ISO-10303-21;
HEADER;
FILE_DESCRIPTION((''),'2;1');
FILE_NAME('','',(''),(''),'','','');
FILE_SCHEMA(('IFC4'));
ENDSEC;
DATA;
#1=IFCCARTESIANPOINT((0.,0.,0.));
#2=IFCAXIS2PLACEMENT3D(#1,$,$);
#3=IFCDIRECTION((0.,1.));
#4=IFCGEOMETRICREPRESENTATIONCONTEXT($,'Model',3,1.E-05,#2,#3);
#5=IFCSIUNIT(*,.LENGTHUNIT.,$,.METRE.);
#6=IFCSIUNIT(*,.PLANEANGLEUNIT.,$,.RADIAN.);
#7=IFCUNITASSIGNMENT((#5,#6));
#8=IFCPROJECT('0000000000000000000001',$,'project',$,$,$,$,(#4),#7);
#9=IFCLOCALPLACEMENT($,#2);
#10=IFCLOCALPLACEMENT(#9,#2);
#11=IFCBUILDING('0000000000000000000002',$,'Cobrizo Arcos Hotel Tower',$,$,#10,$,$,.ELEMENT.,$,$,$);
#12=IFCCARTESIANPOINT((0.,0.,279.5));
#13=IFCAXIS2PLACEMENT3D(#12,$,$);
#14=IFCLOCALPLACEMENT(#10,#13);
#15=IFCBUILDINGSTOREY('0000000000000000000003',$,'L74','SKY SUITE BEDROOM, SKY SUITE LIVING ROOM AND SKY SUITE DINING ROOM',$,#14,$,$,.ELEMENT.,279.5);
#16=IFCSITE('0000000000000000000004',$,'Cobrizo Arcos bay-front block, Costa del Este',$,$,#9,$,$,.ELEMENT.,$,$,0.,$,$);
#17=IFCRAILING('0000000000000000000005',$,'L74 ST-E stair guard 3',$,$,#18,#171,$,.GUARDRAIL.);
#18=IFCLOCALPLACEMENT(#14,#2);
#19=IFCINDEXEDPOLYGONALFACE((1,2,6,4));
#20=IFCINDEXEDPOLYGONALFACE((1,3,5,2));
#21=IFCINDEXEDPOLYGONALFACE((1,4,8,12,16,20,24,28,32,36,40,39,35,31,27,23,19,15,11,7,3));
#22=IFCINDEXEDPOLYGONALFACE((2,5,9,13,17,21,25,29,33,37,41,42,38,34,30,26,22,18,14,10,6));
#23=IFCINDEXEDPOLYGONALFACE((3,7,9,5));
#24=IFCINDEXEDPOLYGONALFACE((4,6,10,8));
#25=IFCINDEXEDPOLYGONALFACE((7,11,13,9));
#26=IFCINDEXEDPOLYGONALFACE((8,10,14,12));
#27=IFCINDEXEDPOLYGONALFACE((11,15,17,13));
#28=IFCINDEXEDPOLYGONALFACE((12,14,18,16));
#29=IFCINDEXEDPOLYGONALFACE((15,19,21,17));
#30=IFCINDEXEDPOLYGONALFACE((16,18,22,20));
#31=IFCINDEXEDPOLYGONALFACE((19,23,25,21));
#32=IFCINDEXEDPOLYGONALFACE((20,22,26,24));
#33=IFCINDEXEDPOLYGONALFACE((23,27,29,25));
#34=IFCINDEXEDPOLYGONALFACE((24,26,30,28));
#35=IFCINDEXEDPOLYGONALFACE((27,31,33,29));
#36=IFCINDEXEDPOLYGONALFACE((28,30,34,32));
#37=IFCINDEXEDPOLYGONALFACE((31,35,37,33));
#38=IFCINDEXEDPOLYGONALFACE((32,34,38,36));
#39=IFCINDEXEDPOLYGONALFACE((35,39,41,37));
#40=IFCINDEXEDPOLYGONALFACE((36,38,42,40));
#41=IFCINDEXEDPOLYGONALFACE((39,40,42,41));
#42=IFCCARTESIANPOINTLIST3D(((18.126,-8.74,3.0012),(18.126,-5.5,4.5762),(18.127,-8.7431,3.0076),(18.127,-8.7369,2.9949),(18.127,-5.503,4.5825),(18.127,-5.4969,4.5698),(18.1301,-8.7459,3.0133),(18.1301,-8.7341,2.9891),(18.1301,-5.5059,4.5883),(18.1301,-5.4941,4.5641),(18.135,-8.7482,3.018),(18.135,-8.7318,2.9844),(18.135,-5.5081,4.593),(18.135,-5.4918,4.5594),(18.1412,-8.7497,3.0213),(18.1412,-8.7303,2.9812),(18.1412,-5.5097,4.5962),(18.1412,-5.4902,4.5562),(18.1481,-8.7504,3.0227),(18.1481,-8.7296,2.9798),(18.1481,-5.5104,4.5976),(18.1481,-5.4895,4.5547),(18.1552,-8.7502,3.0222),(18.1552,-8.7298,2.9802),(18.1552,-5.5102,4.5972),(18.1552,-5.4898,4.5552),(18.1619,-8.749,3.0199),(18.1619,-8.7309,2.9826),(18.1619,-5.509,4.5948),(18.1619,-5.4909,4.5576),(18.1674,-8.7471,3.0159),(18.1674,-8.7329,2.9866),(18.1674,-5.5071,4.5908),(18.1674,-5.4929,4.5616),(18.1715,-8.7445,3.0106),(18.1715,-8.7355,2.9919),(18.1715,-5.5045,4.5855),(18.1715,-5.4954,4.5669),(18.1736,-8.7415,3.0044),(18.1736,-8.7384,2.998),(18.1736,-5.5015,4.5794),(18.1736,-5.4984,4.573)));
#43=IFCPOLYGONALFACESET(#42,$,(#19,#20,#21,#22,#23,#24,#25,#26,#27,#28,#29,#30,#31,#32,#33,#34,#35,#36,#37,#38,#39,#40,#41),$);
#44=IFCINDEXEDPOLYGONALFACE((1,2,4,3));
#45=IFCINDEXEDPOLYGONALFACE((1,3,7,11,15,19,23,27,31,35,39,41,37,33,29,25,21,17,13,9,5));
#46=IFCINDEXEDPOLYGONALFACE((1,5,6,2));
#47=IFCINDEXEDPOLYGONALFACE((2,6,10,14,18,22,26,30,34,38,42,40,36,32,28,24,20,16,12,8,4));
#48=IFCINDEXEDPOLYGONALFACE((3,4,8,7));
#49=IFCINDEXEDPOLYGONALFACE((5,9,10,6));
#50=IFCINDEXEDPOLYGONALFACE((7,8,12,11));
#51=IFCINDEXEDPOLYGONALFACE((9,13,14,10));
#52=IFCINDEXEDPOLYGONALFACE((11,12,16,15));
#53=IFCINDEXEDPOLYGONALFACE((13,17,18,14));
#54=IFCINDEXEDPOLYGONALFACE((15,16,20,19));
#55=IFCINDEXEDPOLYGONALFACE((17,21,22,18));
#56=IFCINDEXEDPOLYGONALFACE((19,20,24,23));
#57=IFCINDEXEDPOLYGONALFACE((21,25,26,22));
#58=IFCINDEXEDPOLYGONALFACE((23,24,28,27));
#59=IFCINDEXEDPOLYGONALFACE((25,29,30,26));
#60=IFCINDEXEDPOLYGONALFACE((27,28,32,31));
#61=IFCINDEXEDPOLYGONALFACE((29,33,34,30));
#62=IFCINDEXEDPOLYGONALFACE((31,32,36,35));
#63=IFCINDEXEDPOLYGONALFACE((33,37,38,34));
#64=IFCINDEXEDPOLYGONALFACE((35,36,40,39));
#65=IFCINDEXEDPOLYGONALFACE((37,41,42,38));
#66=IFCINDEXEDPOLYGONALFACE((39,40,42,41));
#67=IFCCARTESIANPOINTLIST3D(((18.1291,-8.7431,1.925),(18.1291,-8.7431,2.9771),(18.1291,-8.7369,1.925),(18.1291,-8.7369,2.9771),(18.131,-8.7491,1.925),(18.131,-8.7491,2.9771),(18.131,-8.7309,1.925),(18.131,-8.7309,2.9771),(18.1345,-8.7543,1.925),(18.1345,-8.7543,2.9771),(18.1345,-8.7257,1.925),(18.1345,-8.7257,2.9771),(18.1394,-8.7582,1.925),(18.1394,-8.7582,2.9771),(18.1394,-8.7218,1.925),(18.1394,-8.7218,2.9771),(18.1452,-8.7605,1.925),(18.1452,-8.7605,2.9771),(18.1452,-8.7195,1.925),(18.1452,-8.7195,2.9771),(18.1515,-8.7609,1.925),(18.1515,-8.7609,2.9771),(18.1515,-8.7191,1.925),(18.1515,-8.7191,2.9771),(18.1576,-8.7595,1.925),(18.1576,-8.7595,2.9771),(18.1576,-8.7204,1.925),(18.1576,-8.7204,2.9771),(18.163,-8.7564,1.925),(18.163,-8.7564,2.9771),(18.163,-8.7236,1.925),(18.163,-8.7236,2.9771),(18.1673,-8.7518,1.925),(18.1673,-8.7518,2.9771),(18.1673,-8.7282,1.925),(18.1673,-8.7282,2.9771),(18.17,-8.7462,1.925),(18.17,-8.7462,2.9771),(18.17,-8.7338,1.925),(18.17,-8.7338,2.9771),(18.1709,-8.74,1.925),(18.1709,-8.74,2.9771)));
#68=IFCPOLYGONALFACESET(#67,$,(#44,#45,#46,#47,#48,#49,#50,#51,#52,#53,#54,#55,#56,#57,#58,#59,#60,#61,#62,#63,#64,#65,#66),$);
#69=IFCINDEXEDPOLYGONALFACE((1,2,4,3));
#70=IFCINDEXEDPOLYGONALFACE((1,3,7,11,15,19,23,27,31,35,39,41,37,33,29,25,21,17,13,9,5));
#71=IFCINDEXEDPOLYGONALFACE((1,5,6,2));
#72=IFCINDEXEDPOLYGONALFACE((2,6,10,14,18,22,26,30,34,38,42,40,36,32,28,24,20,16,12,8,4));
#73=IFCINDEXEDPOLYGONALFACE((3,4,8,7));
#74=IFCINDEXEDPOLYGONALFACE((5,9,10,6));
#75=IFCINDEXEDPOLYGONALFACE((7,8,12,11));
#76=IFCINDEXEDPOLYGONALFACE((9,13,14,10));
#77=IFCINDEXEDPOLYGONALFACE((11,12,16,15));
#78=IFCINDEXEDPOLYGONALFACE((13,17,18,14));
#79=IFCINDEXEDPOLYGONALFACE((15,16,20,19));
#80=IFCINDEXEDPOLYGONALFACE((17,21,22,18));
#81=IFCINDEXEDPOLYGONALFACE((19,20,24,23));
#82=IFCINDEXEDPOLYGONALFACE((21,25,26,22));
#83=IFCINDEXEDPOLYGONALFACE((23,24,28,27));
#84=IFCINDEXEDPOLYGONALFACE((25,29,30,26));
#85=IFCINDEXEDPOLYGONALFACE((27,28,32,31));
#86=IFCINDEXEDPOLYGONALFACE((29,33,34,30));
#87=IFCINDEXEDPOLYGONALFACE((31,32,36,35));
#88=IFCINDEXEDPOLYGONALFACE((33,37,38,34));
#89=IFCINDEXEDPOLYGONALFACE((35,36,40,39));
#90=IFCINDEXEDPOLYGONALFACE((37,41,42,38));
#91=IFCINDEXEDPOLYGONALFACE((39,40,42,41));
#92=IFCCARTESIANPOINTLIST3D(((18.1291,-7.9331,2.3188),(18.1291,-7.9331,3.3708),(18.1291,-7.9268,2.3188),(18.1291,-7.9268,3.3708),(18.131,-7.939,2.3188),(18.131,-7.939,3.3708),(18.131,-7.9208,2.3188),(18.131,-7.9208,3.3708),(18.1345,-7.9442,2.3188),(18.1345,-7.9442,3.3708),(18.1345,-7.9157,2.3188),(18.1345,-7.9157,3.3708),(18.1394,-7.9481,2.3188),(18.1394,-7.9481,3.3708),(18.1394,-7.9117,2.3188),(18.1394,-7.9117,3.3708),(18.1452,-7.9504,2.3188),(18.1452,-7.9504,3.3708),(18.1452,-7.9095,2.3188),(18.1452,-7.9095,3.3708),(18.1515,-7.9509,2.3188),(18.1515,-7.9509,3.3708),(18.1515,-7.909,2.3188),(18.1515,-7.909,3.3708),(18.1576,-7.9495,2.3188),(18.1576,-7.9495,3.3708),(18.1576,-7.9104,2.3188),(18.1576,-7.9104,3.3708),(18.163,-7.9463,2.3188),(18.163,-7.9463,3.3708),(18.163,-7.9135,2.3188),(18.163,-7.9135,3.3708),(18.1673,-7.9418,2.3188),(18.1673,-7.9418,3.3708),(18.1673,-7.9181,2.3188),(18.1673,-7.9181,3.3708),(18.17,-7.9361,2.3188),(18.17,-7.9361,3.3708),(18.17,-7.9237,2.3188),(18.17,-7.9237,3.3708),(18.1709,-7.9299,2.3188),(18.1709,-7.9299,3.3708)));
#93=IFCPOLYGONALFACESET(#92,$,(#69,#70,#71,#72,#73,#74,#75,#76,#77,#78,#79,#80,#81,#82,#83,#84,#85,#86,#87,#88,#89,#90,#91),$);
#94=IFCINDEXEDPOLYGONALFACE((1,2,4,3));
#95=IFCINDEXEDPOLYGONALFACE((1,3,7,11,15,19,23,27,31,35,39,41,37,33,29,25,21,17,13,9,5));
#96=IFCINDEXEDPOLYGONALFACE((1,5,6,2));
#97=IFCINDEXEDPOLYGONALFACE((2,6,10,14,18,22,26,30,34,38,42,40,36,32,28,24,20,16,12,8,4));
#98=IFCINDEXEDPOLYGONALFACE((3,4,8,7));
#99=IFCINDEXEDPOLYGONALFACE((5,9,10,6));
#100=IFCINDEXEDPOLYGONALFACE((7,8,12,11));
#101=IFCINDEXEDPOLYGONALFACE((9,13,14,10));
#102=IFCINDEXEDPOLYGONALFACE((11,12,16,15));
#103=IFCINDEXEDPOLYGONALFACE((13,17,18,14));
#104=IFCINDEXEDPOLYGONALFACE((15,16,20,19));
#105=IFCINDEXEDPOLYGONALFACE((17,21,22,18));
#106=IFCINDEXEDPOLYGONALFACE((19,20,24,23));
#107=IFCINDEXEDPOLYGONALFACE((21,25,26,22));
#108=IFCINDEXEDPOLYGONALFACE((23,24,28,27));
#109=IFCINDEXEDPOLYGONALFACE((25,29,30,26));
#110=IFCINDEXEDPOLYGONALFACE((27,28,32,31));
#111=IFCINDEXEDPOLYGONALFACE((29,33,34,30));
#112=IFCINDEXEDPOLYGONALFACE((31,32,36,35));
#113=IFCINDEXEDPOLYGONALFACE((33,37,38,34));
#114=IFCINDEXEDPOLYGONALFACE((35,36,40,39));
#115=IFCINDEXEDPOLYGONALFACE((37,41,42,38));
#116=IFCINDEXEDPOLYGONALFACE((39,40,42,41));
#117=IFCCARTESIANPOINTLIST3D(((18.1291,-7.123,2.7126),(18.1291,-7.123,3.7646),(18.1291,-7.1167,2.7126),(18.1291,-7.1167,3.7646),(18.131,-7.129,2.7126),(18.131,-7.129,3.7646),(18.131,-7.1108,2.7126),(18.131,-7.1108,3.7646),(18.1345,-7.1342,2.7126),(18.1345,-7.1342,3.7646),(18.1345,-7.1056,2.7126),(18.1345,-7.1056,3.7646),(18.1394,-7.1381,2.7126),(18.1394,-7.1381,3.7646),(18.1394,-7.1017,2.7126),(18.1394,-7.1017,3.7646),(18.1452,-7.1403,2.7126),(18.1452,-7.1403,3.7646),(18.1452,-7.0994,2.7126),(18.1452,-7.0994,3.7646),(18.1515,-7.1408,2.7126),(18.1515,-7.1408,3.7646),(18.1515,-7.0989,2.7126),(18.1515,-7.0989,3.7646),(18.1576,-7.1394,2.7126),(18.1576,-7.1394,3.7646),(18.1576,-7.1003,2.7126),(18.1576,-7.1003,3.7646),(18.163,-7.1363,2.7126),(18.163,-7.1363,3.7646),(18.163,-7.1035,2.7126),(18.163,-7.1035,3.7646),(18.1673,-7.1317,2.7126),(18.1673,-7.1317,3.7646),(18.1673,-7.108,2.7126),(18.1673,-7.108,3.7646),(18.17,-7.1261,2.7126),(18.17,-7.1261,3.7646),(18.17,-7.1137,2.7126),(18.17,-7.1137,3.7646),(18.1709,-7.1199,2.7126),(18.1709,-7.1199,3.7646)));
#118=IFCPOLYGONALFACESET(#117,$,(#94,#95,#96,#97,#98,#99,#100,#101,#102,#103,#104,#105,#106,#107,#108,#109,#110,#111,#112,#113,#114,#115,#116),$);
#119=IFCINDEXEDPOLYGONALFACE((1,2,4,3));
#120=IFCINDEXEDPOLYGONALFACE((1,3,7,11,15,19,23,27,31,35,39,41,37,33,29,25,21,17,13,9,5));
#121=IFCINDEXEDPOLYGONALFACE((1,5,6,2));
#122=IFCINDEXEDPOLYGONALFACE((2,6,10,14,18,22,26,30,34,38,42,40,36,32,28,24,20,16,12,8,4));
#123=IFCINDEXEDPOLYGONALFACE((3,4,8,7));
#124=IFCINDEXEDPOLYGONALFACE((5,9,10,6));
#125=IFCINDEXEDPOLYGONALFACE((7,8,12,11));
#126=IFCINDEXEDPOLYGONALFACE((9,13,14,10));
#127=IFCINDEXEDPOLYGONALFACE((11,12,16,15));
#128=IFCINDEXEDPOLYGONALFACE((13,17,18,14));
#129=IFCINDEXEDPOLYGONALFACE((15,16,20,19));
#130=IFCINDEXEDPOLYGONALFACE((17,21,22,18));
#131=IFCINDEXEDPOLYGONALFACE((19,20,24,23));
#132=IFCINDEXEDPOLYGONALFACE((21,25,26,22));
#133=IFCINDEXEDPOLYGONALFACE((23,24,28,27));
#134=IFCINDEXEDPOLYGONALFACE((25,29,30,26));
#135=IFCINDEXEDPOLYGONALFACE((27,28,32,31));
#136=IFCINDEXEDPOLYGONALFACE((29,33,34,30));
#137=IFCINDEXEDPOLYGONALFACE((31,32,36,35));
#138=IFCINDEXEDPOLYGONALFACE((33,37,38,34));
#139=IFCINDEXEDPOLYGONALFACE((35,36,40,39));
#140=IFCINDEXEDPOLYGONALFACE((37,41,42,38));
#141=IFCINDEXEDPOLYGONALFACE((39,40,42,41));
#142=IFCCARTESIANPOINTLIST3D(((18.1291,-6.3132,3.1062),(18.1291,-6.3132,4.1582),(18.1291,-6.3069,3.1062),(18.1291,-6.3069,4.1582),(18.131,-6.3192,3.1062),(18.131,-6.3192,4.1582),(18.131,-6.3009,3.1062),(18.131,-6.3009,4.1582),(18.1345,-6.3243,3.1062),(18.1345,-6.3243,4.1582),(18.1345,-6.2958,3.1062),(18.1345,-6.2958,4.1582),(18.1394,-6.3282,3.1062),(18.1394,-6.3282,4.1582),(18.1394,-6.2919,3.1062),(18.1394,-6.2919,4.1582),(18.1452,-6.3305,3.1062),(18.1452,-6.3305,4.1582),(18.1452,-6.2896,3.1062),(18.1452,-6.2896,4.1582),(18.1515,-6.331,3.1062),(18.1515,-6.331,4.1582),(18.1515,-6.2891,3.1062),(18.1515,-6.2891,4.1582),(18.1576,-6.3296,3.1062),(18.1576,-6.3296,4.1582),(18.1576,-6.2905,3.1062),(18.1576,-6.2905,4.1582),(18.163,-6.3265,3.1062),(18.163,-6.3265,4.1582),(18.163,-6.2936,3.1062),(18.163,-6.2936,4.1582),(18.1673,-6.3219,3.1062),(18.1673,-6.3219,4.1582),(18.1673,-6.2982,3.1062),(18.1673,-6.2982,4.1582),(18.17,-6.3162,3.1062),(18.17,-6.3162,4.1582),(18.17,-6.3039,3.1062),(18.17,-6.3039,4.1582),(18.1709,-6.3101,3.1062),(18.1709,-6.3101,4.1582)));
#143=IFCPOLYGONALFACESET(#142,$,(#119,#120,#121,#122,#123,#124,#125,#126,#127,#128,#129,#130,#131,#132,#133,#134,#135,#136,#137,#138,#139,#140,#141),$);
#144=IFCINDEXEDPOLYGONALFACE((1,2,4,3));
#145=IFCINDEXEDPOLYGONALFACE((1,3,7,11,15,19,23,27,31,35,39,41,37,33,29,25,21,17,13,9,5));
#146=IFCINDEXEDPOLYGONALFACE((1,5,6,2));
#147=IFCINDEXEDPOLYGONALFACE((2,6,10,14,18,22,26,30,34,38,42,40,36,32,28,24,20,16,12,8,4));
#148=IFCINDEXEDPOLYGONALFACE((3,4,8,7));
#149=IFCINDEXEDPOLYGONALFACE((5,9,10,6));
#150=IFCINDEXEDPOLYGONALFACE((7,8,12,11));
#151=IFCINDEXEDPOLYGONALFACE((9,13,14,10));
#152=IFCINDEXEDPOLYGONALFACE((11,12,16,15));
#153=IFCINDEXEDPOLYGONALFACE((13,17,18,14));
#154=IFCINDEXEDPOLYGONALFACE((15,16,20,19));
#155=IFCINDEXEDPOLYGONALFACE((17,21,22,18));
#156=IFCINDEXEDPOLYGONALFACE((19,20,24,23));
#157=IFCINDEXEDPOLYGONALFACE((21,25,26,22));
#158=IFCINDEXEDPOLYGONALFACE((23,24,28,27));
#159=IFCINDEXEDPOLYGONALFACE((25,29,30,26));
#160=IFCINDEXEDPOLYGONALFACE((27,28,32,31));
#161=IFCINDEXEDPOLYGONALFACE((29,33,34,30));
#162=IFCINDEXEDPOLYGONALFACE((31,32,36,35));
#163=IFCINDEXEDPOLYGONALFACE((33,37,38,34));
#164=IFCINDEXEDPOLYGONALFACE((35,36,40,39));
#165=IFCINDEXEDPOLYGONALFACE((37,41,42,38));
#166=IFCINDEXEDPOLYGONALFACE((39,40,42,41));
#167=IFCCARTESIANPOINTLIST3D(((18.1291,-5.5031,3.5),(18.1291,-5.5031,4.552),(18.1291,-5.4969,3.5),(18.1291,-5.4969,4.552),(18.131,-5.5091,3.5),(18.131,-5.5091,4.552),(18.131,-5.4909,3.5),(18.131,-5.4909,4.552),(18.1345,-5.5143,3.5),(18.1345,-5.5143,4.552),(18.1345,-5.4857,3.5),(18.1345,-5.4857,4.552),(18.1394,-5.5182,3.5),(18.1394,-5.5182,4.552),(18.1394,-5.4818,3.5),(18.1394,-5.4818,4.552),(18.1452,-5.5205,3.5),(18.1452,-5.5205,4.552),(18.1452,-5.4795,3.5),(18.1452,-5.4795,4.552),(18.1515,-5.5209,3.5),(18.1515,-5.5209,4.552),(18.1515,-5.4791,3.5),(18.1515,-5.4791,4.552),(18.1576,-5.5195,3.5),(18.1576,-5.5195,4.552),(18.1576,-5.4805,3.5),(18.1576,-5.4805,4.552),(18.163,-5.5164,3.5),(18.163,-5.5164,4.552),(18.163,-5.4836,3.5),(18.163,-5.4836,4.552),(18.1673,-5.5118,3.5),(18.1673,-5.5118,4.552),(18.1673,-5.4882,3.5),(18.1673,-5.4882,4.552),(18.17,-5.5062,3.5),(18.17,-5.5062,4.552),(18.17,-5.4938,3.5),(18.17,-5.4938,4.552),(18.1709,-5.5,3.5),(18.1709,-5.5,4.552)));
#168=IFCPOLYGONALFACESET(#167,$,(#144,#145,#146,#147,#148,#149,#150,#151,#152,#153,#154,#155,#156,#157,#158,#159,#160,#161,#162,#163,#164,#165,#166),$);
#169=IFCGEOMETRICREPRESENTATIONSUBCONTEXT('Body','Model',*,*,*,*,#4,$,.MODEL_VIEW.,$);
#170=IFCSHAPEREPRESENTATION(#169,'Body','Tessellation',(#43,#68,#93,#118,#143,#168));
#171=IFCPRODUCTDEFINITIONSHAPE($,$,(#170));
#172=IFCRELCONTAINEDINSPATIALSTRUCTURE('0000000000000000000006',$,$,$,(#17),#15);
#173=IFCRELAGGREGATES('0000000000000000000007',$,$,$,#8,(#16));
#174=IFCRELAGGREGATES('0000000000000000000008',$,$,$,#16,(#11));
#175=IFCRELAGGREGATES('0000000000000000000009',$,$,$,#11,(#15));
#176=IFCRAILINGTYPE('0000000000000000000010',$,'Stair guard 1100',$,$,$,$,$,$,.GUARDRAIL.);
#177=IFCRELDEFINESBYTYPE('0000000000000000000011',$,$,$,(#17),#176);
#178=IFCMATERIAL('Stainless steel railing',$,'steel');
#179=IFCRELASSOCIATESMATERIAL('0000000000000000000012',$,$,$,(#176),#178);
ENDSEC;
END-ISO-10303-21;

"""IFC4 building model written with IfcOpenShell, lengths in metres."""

from ifc_helpers import new_model, si_unit, direction, frame, origin, origin_2d, place, context, subcontext, project, spatial, circle, extrude, material, type_object, element, save


model = new_model("IFC4")

# Units and contexts
model_context = context("Model", 3, precision=1e-05, world=origin(), true_north=direction((0.0, 1.0)))
body_context = subcontext(model_context, "Body", "Model", "MODEL_VIEW")
ifc_project = project(units=[si_unit("LENGTHUNIT", "METRE"), si_unit("PLANEANGLEUNIT", "RADIAN")], contexts=[model_context])

# Site, building, storey
site_placement = place(None, origin())
site = spatial("IfcSite", under=ifc_project, at=site_placement, Name="Cobrizo Arcos bay-front block, Costa del Este", CompositionType="ELEMENT", RefElevation=0.0)
building_placement = place(site_placement, origin())
building = spatial("IfcBuilding", under=site, at=building_placement, Name="Cobrizo Arcos Hotel Tower", CompositionType="ELEMENT")
storey_placement = place(building_placement, frame((0.0, 0.0, 279.5)))
storey = spatial("IfcBuildingStorey", under=building, at=storey_placement, Name="L74", Description="SKY SUITE BEDROOM, SKY SUITE LIVING ROOM AND SKY SUITE DINING ROOM", CompositionType="ELEMENT", Elevation=279.5)

# Railing
ifc_material_1 = material(Name="Stainless steel railing", Category="steel")
railing_type_1 = type_object("IfcRailingType", Name="Stair guard 1100", PredefinedType="GUARDRAIL", material=ifc_material_1)
railing_1_placement = place(storey_placement, frame((18.1499, -8.74, 1.925)))
element("IfcRailing", 1, at=railing_1_placement, inside=storey, type_object=railing_type_1, Name="L74 ST-E stair guard 3", PredefinedType="GUARDRAIL", context=body_context, shape_type="SweptSolid", body=[
    extrude(circle(Radius=0.0239, at=origin_2d()), frame((0.0, 0.0, 1.0762), z_axis=(0.0, 0.899373, 0.437183), x_axis=(-1.0, 0.0, 0.0)), (0.0, 0.0, 1.0), 3.6025),
    extrude(circle(Radius=0.021, at=origin_2d()), origin(), (0.0, 0.0, 1.0), 1.052),
    extrude(circle(Radius=0.021, at=origin_2d()), frame((0.0, 0.8101, 0.3938)), (0.0, 0.0, 1.0), 1.052),
    extrude(circle(Radius=0.021, at=origin_2d()), frame((0.0, 1.6201, 0.7876)), (0.0, 0.0, 1.0), 1.052),
    extrude(circle(Radius=0.021, at=origin_2d()), frame((0.0, 2.4299, 1.1812)), (0.0, 0.0, 1.0), 1.052),
    extrude(circle(Radius=0.021, at=origin_2d()), frame((0.0, 3.24, 1.575)), (0.0, 0.0, 1.0), 1.052),
])

save(model, "model.ifc")
